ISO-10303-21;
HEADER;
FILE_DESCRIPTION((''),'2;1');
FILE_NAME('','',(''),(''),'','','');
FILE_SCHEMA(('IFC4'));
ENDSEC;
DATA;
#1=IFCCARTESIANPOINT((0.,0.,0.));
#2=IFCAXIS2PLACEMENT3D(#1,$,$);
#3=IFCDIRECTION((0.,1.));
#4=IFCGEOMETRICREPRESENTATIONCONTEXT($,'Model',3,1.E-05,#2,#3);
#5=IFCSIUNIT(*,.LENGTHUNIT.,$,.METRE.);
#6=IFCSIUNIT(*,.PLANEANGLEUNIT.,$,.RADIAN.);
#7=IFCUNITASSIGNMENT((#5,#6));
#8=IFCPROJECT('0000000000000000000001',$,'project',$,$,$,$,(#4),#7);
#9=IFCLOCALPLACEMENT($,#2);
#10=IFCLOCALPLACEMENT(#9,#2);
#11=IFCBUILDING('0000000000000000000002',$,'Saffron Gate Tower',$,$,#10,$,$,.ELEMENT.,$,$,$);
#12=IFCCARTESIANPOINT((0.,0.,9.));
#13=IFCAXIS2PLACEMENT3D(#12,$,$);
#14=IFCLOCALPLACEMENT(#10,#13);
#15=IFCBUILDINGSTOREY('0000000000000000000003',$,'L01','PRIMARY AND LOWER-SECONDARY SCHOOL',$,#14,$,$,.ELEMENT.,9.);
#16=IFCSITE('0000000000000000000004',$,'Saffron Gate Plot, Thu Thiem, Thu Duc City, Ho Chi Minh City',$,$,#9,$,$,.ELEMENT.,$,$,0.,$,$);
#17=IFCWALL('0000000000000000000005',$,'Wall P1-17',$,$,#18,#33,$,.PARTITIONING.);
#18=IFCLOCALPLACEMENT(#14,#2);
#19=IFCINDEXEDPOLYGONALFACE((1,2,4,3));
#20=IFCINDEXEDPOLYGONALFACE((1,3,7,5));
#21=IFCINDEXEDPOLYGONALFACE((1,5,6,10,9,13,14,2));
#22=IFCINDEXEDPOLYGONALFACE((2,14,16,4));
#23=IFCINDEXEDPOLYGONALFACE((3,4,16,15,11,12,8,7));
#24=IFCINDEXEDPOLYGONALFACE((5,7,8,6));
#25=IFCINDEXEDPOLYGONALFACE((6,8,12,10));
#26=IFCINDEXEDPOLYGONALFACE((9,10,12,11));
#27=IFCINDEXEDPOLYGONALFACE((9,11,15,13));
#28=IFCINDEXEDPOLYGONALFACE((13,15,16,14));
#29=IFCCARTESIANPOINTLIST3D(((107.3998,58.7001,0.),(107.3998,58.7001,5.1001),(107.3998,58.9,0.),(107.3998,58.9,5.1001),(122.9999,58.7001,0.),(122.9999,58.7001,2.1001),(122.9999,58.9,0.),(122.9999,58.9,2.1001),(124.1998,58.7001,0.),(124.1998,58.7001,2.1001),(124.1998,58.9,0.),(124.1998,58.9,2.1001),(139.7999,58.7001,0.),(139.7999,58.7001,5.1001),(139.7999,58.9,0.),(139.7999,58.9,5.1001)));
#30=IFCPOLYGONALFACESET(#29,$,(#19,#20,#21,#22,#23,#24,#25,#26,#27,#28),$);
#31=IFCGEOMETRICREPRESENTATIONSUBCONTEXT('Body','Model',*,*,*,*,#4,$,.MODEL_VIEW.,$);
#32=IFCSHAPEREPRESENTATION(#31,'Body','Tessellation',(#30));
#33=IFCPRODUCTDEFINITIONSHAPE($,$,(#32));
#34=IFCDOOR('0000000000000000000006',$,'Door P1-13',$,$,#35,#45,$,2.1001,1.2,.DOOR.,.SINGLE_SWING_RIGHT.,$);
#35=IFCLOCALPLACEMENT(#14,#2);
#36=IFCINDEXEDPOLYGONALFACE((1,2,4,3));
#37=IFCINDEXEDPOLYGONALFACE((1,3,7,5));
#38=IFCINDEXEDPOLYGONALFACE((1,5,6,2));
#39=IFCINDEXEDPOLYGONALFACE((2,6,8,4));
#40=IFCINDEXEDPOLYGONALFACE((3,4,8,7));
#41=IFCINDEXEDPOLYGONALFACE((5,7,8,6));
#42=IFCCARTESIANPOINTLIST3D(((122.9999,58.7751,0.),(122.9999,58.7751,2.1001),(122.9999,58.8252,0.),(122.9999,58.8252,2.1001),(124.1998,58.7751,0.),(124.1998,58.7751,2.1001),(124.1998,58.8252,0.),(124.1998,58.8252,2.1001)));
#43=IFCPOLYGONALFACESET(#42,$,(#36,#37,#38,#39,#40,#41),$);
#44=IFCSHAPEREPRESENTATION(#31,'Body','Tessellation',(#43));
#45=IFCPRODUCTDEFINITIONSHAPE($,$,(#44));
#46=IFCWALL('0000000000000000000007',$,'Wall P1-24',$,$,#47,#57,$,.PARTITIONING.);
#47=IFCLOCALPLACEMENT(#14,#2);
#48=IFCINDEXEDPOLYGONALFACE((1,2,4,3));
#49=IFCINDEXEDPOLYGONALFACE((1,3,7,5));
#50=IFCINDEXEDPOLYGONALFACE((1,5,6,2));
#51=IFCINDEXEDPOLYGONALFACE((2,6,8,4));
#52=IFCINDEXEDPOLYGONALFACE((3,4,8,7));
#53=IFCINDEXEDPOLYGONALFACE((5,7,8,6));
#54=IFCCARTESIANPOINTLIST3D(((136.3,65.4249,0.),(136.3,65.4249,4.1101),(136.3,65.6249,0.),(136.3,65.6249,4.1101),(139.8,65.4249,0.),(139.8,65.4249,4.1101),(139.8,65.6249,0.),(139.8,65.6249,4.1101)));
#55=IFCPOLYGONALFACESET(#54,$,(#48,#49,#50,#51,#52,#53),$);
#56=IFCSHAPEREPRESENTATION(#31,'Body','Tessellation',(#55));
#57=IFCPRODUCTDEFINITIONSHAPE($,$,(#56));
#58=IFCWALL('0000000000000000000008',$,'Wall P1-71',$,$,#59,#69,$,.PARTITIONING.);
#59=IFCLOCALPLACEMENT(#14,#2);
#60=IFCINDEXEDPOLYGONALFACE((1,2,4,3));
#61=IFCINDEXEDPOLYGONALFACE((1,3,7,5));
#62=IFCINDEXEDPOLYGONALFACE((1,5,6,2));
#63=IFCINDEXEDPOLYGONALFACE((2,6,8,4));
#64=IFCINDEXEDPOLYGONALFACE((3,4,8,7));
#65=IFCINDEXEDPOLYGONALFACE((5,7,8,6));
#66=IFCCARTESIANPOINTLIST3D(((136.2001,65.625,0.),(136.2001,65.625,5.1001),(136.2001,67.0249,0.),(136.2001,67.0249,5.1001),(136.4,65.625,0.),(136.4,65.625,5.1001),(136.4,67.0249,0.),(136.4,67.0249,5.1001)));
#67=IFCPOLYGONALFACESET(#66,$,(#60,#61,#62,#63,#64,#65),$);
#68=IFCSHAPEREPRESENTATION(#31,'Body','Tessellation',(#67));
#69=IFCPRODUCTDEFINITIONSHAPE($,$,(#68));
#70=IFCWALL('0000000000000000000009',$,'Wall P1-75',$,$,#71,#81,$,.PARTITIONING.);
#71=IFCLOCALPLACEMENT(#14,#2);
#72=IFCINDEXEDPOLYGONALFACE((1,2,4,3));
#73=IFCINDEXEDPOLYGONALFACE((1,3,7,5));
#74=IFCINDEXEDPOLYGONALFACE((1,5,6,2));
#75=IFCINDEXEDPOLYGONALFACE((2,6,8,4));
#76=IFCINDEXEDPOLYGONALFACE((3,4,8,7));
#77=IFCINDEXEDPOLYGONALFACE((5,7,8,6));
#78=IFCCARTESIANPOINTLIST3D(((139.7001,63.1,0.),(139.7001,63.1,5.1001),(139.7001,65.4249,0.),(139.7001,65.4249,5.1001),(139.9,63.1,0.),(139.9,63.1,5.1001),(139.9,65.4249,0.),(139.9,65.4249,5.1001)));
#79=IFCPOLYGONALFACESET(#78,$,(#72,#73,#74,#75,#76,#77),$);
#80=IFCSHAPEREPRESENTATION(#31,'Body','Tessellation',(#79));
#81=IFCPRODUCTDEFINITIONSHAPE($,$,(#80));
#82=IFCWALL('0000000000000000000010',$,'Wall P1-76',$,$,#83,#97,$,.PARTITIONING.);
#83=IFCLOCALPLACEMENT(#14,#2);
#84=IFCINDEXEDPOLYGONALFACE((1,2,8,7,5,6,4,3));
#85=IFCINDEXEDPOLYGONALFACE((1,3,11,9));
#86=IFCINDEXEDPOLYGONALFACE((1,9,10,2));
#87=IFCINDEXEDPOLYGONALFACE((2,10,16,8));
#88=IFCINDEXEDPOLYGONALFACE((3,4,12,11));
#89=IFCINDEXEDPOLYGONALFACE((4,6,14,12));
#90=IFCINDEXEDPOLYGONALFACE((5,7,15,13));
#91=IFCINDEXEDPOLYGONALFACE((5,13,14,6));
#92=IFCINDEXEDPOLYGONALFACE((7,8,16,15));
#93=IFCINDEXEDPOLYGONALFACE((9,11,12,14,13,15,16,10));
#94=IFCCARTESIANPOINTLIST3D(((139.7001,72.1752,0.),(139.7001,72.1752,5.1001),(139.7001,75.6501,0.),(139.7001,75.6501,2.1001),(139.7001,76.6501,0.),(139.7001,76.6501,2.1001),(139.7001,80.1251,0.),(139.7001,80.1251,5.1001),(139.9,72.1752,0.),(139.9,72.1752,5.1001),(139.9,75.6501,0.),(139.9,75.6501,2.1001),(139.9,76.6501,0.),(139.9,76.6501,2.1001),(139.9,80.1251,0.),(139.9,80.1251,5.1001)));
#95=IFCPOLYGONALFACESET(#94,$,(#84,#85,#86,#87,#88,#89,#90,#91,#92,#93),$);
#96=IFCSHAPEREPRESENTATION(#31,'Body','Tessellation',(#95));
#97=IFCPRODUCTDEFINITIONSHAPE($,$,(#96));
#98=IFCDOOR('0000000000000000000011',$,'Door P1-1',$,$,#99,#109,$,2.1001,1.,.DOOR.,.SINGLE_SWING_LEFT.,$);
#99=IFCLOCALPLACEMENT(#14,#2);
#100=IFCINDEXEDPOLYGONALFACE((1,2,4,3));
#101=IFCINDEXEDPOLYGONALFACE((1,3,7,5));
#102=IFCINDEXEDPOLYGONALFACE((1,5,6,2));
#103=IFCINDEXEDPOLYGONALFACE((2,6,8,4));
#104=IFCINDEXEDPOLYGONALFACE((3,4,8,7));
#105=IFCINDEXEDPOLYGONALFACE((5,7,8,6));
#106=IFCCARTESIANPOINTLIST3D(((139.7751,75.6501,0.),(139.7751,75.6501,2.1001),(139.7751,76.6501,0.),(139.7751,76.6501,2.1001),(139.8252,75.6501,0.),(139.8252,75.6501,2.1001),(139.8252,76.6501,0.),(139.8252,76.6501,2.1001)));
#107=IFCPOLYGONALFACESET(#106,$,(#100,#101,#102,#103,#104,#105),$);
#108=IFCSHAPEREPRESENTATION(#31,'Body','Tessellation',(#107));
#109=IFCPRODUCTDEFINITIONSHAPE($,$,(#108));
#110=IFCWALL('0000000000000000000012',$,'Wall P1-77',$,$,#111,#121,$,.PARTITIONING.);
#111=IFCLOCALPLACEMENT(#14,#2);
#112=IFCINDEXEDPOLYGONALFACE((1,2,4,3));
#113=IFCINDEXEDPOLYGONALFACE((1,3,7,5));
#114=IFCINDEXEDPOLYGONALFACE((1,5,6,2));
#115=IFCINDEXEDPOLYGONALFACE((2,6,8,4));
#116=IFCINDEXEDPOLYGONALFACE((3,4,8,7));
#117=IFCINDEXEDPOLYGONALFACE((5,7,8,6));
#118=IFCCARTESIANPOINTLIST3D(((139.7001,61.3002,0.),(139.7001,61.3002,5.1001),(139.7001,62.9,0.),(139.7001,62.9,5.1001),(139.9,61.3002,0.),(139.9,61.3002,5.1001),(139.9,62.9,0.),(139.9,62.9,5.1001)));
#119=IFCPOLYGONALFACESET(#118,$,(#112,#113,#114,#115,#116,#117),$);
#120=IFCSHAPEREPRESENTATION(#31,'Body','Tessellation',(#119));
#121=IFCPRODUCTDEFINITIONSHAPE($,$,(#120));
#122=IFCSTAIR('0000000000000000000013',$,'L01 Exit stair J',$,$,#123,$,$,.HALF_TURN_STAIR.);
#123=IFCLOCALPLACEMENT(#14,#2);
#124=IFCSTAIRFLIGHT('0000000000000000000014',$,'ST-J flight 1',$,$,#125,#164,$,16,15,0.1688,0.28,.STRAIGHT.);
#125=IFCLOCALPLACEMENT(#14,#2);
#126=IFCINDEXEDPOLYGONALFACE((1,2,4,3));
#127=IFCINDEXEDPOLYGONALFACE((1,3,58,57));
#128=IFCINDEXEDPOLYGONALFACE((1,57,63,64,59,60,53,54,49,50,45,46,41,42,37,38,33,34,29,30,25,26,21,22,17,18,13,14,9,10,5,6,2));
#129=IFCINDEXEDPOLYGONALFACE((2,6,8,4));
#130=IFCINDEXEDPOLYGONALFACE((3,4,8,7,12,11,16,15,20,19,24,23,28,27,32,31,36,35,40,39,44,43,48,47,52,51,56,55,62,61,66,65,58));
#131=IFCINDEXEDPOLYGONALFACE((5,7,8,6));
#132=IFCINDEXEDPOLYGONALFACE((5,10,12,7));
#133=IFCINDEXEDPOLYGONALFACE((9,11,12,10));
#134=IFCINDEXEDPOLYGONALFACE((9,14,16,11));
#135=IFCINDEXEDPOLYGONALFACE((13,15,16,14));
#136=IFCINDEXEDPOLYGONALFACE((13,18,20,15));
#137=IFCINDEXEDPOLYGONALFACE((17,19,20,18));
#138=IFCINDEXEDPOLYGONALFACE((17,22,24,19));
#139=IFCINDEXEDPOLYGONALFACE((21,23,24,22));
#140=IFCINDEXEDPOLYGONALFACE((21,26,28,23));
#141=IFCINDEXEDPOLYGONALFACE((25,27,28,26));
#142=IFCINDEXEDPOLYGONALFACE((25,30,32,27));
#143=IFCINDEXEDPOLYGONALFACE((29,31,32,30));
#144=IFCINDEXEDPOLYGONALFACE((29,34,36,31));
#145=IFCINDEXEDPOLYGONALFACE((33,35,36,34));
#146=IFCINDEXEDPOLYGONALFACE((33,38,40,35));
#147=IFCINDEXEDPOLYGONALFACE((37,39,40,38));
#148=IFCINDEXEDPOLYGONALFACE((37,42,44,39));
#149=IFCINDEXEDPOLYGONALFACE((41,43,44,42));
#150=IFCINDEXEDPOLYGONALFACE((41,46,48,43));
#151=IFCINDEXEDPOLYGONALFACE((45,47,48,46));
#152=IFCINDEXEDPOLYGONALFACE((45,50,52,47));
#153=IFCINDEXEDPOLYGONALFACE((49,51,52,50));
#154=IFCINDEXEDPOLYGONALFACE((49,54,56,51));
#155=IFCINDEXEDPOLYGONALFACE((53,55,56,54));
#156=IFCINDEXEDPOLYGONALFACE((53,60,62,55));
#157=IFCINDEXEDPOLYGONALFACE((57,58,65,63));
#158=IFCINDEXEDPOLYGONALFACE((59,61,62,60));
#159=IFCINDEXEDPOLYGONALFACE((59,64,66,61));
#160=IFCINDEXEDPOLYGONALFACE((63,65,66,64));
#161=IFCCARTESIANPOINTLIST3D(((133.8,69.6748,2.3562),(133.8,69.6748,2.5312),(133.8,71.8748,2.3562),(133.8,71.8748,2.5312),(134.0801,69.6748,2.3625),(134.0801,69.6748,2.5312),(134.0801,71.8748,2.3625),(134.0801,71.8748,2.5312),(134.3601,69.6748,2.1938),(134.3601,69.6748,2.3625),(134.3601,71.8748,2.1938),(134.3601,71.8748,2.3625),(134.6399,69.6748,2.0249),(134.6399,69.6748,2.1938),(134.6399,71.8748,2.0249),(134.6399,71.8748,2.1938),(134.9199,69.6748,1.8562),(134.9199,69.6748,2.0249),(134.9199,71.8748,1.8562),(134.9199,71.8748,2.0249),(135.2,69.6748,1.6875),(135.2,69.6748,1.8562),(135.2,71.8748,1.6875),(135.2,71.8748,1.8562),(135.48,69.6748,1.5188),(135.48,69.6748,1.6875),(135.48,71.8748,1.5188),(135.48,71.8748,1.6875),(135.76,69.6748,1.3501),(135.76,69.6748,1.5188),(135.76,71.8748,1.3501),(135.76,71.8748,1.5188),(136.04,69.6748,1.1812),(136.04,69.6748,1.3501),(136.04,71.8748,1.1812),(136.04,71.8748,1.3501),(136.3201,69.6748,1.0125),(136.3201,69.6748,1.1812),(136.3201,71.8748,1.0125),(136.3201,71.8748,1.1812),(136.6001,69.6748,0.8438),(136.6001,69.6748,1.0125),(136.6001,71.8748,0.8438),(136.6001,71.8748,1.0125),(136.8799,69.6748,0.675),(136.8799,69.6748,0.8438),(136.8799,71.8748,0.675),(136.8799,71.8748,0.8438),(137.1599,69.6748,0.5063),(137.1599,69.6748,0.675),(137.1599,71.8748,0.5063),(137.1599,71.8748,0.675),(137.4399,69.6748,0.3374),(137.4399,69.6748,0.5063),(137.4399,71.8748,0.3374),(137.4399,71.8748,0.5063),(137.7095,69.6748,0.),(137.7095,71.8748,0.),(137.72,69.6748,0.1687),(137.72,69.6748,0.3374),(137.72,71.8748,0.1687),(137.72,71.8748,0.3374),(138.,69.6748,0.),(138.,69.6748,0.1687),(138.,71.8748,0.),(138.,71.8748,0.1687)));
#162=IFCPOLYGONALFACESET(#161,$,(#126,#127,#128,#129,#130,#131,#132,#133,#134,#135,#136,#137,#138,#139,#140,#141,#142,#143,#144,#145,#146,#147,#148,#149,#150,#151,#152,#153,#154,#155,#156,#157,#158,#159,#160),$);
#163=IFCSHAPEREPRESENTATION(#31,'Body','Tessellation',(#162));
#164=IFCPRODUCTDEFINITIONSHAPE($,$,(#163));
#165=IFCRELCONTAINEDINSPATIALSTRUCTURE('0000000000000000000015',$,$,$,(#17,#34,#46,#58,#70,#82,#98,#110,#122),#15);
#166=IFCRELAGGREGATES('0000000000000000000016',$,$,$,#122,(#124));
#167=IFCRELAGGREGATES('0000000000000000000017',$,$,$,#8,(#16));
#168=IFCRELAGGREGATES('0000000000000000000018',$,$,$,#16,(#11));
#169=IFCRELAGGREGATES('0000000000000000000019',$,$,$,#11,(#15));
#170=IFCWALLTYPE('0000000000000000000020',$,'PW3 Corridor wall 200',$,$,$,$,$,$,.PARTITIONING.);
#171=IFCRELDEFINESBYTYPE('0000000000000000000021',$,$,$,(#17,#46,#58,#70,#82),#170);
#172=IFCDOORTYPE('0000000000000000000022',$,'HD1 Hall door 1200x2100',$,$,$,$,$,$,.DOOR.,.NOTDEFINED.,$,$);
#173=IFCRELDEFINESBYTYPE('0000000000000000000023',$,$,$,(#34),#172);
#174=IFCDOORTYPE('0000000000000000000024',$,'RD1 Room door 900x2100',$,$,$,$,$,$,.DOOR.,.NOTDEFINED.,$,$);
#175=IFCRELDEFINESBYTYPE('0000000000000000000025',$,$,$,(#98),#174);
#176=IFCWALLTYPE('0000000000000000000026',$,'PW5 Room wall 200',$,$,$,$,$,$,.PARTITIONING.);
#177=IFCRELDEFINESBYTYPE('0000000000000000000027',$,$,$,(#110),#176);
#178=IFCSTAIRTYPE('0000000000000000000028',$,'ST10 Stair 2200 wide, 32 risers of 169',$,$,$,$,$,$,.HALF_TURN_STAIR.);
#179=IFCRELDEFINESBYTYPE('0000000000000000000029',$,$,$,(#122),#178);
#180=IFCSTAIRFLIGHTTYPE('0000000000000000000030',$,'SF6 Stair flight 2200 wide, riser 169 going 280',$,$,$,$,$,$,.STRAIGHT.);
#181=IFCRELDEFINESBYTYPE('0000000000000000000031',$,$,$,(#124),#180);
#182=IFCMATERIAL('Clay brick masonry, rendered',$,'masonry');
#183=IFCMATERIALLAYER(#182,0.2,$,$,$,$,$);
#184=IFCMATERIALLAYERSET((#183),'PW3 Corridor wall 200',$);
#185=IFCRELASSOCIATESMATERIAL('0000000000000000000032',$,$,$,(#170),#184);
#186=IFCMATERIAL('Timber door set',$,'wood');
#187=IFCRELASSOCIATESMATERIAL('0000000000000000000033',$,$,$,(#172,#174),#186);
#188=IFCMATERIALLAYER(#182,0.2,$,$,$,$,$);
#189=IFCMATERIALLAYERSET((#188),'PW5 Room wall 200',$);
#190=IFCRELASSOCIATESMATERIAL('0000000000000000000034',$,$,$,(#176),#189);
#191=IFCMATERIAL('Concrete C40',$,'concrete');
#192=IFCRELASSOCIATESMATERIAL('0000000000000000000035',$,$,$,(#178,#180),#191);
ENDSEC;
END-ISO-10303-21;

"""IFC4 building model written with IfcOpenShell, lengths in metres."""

from ifc_helpers import new_model, si_unit, direction, frame, frame_2d, origin, place, context, subcontext, project, spatial, polyline, rectangle, outline, extrude, material, layer, layer_set, type_object, element, fill, aggregate, save


model = new_model("IFC4")

# Units and contexts
model_context = context("Model", 3, precision=1e-05, world=origin(), true_north=direction((0.0, 1.0)))
body_context = subcontext(model_context, "Body", "Model", "MODEL_VIEW")
ifc_project = project(units=[si_unit("LENGTHUNIT", "METRE"), si_unit("PLANEANGLEUNIT", "RADIAN")], contexts=[model_context])

# Site, building, storey
site_placement = place(None, origin())
site = spatial("IfcSite", under=ifc_project, at=site_placement, Name="Saffron Gate Plot, Thu Thiem, Thu Duc City, Ho Chi Minh City", CompositionType="ELEMENT", RefElevation=0.0)
building_placement = place(site_placement, origin())
building = spatial("IfcBuilding", under=site, at=building_placement, Name="Saffron Gate Tower", CompositionType="ELEMENT")
storey_placement = place(building_placement, frame((0.0, 0.0, 9.0)))
storey = spatial("IfcBuildingStorey", under=building, at=storey_placement, Name="L01", Description="PRIMARY AND LOWER-SECONDARY SCHOOL", CompositionType="ELEMENT", Elevation=9.0)

# Wall, opening, door
ifc_material_1 = material(Name="Clay brick masonry, rendered", Category="masonry")
ifc_layer_1 = layer(ifc_material_1, 0.2)
ifc_layer_set_1 = layer_set([ifc_layer_1], Name="PW3 Corridor wall 200")
wall_type_1 = type_object("IfcWallType", Name="PW3 Corridor wall 200", PredefinedType="PARTITIONING", material=ifc_layer_set_1)
wall_1_placement = place(storey_placement, frame((139.8, 58.8, 0.0), z_axis=(0.0, 0.0, 1.0), x_axis=(-1.0, 0.0, 0.0)))
wall_1 = element("IfcWall", 1, at=wall_1_placement, inside=storey, type_object=wall_type_1, Name="Wall P1-17", PredefinedType="PARTITIONING", context=body_context, shape_type="SweptSolid", body=[
    extrude(rectangle(XDim=32.4001, YDim=0.2, at=frame_2d((16.2002, 0.0))), origin(), (0.0, 0.0, 1.0), 5.1001),
])
opening_1_placement = place(wall_1_placement, frame((15.6001, 0.0, 0.0)))
opening_1 = element("IfcOpeningElement", 2, at=opening_1_placement, cuts=wall_1, PredefinedType="OPENING", context=body_context, shape_type="SweptSolid", body=[
    extrude(rectangle(XDim=1.2, YDim=2.1001, at=frame_2d((0.6001, 1.05))), frame((0.0, 0.1099, 0.0), z_axis=(0.0, -1.0, 0.0), x_axis=(1.0, 0.0, 0.0)), (0.0, 0.0, 1.0), 0.22),
])
ifc_material_2 = material(Name="Timber door set", Category="wood")
door_type_1 = type_object("IfcDoorType", Name="HD1 Hall door 1200x2100", OperationType="NOTDEFINED", PredefinedType="DOOR", material=ifc_material_2)
door_1_placement = place(opening_1_placement, origin())
door_1 = element("IfcDoor", 3, at=door_1_placement, inside=storey, type_object=door_type_1, Name="Door P1-13", OperationType="SINGLE_SWING_RIGHT", OverallHeight=2.1001, OverallWidth=1.2, PredefinedType="DOOR", context=body_context, shape_type="SweptSolid", body=[
    extrude(rectangle(XDim=1.2, YDim=2.1001, at=frame_2d((0.6001, 1.05))), frame((0.0, 0.0249, 0.0), z_axis=(0.0, -1.0, 0.0), x_axis=(1.0, 0.0, 0.0)), (0.0, 0.0, 1.0), 0.05),
])
fill(opening_1, door_1)

# Walls
wall_2_placement = place(storey_placement, frame((136.3, 65.5249, 0.0), z_axis=(0.0, 0.0, 1.0), x_axis=(1.0, 0.0, 0.0)))
element("IfcWall", 4, at=wall_2_placement, inside=storey, type_object=wall_type_1, Name="Wall P1-24", PredefinedType="PARTITIONING", context=body_context, shape_type="SweptSolid", body=[
    extrude(rectangle(XDim=3.5, YDim=0.2, at=frame_2d((1.75, 0.0))), origin(), (0.0, 0.0, 1.0), 4.1101),
])
wall_3_placement = place(storey_placement, frame((136.3, 67.0249, 0.0), z_axis=(0.0, 0.0, 1.0), x_axis=(0.0, -1.0, 0.0)))
element("IfcWall", 5, at=wall_3_placement, inside=storey, type_object=wall_type_1, Name="Wall P1-71", PredefinedType="PARTITIONING", context=body_context, shape_type="SweptSolid", body=[
    extrude(rectangle(XDim=1.3999, YDim=0.2, at=frame_2d((0.7, 0.0))), origin(), (0.0, 0.0, 1.0), 5.1001),
])
wall_4_placement = place(storey_placement, frame((139.8, 65.425, 0.0), z_axis=(0.0, 0.0, 1.0), x_axis=(0.0, -1.0, 0.0)))
element("IfcWall", 6, at=wall_4_placement, inside=storey, type_object=wall_type_1, Name="Wall P1-75", PredefinedType="PARTITIONING", context=body_context, shape_type="SweptSolid", body=[
    extrude(rectangle(XDim=2.325, YDim=0.2, at=frame_2d((1.1626, 0.0))), origin(), (0.0, 0.0, 1.0), 5.1001),
])

# Wall, opening, door
wall_5_placement = place(storey_placement, frame((139.8, 72.175, 0.0), z_axis=(0.0, 0.0, 1.0), x_axis=(0.0, 1.0, 0.0)))
wall_5 = element("IfcWall", 7, at=wall_5_placement, inside=storey, type_object=wall_type_1, Name="Wall P1-76", PredefinedType="PARTITIONING", context=body_context, shape_type="SweptSolid", body=[
    extrude(rectangle(XDim=7.95, YDim=0.2, at=frame_2d((3.9751, 0.0))), origin(), (0.0, 0.0, 1.0), 5.1001),
])
opening_2_placement = place(wall_5_placement, frame((3.4751, 0.0, 0.0)))
opening_2 = element("IfcOpeningElement", 8, at=opening_2_placement, cuts=wall_5, PredefinedType="OPENING", context=body_context, shape_type="SweptSolid", body=[
    extrude(rectangle(XDim=1.0, YDim=2.1001, at=frame_2d((0.5, 1.05))), frame((0.0, 0.1099, 0.0), z_axis=(0.0, -1.0, 0.0), x_axis=(1.0, 0.0, 0.0)), (0.0, 0.0, 1.0), 0.22),
])
door_type_2 = type_object("IfcDoorType", Name="RD1 Room door 900x2100", OperationType="NOTDEFINED", PredefinedType="DOOR", material=ifc_material_2)
door_2_placement = place(opening_2_placement, origin())
door_2 = element("IfcDoor", 9, at=door_2_placement, inside=storey, type_object=door_type_2, Name="Door P1-1", OperationType="SINGLE_SWING_LEFT", OverallHeight=2.1001, OverallWidth=1.0, PredefinedType="DOOR", context=body_context, shape_type="SweptSolid", body=[
    extrude(rectangle(XDim=1.0, YDim=2.1001, at=frame_2d((0.5, 1.05))), frame((0.0, 0.0249, 0.0), z_axis=(0.0, -1.0, 0.0), x_axis=(1.0, 0.0, 0.0)), (0.0, 0.0, 1.0), 0.05),
])
fill(opening_2, door_2)

# Wall
ifc_layer_2 = layer(ifc_material_1, 0.2)
ifc_layer_set_2 = layer_set([ifc_layer_2], Name="PW5 Room wall 200")
wall_type_2 = type_object("IfcWallType", Name="PW5 Room wall 200", PredefinedType="PARTITIONING", material=ifc_layer_set_2)
wall_6_placement = place(storey_placement, frame((139.8, 62.8999, 0.0), z_axis=(0.0, 0.0, 1.0), x_axis=(0.0, -1.0, 0.0)))
element("IfcWall", 10, at=wall_6_placement, inside=storey, type_object=wall_type_2, Name="Wall P1-77", PredefinedType="PARTITIONING", context=body_context, shape_type="SweptSolid", body=[
    extrude(rectangle(XDim=1.5999, YDim=0.2, at=frame_2d((0.7998, 0.0))), origin(), (0.0, 0.0, 1.0), 5.1001),
])

# Stair, stair flight
ifc_material_3 = material(Name="Concrete C40", Category="concrete")
stair_type = type_object("IfcStairType", Name="ST10 Stair 2200 wide, 32 risers of 169", PredefinedType="HALF_TURN_STAIR", material=ifc_material_3)
stair_placement = place(storey_placement, origin())
stair = element("IfcStair", 11, at=stair_placement, inside=storey, type_object=stair_type, Name="L01 Exit stair J", PredefinedType="HALF_TURN_STAIR")
stair_flight_type = type_object("IfcStairFlightType", Name="SF6 Stair flight 2200 wide, riser 169 going 280", PredefinedType="STRAIGHT", material=ifc_material_3)
stair_flight_1_placement = place(storey_placement, frame((138.0, 70.7749, 0.0), z_axis=(0.0, 0.0, 1.0), x_axis=(-1.0, 0.0, 0.0)))
stair_flight_1 = element("IfcStairFlight", 12, at=stair_flight_1_placement, type_object=stair_flight_type, Name="ST-J flight 1", NumberOfRisers=16, NumberOfTreads=15, PredefinedType="STRAIGHT", RiserHeight=0.1688, TreadLength=0.28, context=body_context, shape_type="SweptSolid", body=[
    extrude(outline(polyline([(0.0, 0.0), (0.0, 0.1687), (0.28, 0.1687), (0.28, 0.3374), (0.5601, 0.3374), (0.5601, 0.5063), (0.8401, 0.5063), (0.8401, 0.675), (1.1201, 0.675), (1.1201, 0.8438), (1.3999, 0.8438), (1.3999, 1.0125), (1.6799, 1.0125), (1.6799, 1.1812), (1.96, 1.1812), (1.96, 1.3501), (2.24, 1.3501), (2.24, 1.5188), (2.52, 1.5188), (2.52, 1.6875), (2.8, 1.6875), (2.8, 1.8562), (3.0801, 1.8562), (3.0801, 2.0249), (3.3601, 2.0249), (3.3601, 2.1938), (3.6399, 2.1938), (3.6399, 2.3625), (3.9199, 2.3625), (3.9199, 2.5312), (4.2, 2.5312), (4.2, 2.7), (4.2, 2.3562), (0.2905, 0.0), (0.0, 0.0)])), frame((0.0, 1.1001, 0.0), z_axis=(0.0, -1.0, 0.0), x_axis=(1.0, 0.0, 0.0)), (0.0, 0.0, 1.0), 2.2),
])
aggregate(stair, [stair_flight_1])

save(model, "model.ifc")
